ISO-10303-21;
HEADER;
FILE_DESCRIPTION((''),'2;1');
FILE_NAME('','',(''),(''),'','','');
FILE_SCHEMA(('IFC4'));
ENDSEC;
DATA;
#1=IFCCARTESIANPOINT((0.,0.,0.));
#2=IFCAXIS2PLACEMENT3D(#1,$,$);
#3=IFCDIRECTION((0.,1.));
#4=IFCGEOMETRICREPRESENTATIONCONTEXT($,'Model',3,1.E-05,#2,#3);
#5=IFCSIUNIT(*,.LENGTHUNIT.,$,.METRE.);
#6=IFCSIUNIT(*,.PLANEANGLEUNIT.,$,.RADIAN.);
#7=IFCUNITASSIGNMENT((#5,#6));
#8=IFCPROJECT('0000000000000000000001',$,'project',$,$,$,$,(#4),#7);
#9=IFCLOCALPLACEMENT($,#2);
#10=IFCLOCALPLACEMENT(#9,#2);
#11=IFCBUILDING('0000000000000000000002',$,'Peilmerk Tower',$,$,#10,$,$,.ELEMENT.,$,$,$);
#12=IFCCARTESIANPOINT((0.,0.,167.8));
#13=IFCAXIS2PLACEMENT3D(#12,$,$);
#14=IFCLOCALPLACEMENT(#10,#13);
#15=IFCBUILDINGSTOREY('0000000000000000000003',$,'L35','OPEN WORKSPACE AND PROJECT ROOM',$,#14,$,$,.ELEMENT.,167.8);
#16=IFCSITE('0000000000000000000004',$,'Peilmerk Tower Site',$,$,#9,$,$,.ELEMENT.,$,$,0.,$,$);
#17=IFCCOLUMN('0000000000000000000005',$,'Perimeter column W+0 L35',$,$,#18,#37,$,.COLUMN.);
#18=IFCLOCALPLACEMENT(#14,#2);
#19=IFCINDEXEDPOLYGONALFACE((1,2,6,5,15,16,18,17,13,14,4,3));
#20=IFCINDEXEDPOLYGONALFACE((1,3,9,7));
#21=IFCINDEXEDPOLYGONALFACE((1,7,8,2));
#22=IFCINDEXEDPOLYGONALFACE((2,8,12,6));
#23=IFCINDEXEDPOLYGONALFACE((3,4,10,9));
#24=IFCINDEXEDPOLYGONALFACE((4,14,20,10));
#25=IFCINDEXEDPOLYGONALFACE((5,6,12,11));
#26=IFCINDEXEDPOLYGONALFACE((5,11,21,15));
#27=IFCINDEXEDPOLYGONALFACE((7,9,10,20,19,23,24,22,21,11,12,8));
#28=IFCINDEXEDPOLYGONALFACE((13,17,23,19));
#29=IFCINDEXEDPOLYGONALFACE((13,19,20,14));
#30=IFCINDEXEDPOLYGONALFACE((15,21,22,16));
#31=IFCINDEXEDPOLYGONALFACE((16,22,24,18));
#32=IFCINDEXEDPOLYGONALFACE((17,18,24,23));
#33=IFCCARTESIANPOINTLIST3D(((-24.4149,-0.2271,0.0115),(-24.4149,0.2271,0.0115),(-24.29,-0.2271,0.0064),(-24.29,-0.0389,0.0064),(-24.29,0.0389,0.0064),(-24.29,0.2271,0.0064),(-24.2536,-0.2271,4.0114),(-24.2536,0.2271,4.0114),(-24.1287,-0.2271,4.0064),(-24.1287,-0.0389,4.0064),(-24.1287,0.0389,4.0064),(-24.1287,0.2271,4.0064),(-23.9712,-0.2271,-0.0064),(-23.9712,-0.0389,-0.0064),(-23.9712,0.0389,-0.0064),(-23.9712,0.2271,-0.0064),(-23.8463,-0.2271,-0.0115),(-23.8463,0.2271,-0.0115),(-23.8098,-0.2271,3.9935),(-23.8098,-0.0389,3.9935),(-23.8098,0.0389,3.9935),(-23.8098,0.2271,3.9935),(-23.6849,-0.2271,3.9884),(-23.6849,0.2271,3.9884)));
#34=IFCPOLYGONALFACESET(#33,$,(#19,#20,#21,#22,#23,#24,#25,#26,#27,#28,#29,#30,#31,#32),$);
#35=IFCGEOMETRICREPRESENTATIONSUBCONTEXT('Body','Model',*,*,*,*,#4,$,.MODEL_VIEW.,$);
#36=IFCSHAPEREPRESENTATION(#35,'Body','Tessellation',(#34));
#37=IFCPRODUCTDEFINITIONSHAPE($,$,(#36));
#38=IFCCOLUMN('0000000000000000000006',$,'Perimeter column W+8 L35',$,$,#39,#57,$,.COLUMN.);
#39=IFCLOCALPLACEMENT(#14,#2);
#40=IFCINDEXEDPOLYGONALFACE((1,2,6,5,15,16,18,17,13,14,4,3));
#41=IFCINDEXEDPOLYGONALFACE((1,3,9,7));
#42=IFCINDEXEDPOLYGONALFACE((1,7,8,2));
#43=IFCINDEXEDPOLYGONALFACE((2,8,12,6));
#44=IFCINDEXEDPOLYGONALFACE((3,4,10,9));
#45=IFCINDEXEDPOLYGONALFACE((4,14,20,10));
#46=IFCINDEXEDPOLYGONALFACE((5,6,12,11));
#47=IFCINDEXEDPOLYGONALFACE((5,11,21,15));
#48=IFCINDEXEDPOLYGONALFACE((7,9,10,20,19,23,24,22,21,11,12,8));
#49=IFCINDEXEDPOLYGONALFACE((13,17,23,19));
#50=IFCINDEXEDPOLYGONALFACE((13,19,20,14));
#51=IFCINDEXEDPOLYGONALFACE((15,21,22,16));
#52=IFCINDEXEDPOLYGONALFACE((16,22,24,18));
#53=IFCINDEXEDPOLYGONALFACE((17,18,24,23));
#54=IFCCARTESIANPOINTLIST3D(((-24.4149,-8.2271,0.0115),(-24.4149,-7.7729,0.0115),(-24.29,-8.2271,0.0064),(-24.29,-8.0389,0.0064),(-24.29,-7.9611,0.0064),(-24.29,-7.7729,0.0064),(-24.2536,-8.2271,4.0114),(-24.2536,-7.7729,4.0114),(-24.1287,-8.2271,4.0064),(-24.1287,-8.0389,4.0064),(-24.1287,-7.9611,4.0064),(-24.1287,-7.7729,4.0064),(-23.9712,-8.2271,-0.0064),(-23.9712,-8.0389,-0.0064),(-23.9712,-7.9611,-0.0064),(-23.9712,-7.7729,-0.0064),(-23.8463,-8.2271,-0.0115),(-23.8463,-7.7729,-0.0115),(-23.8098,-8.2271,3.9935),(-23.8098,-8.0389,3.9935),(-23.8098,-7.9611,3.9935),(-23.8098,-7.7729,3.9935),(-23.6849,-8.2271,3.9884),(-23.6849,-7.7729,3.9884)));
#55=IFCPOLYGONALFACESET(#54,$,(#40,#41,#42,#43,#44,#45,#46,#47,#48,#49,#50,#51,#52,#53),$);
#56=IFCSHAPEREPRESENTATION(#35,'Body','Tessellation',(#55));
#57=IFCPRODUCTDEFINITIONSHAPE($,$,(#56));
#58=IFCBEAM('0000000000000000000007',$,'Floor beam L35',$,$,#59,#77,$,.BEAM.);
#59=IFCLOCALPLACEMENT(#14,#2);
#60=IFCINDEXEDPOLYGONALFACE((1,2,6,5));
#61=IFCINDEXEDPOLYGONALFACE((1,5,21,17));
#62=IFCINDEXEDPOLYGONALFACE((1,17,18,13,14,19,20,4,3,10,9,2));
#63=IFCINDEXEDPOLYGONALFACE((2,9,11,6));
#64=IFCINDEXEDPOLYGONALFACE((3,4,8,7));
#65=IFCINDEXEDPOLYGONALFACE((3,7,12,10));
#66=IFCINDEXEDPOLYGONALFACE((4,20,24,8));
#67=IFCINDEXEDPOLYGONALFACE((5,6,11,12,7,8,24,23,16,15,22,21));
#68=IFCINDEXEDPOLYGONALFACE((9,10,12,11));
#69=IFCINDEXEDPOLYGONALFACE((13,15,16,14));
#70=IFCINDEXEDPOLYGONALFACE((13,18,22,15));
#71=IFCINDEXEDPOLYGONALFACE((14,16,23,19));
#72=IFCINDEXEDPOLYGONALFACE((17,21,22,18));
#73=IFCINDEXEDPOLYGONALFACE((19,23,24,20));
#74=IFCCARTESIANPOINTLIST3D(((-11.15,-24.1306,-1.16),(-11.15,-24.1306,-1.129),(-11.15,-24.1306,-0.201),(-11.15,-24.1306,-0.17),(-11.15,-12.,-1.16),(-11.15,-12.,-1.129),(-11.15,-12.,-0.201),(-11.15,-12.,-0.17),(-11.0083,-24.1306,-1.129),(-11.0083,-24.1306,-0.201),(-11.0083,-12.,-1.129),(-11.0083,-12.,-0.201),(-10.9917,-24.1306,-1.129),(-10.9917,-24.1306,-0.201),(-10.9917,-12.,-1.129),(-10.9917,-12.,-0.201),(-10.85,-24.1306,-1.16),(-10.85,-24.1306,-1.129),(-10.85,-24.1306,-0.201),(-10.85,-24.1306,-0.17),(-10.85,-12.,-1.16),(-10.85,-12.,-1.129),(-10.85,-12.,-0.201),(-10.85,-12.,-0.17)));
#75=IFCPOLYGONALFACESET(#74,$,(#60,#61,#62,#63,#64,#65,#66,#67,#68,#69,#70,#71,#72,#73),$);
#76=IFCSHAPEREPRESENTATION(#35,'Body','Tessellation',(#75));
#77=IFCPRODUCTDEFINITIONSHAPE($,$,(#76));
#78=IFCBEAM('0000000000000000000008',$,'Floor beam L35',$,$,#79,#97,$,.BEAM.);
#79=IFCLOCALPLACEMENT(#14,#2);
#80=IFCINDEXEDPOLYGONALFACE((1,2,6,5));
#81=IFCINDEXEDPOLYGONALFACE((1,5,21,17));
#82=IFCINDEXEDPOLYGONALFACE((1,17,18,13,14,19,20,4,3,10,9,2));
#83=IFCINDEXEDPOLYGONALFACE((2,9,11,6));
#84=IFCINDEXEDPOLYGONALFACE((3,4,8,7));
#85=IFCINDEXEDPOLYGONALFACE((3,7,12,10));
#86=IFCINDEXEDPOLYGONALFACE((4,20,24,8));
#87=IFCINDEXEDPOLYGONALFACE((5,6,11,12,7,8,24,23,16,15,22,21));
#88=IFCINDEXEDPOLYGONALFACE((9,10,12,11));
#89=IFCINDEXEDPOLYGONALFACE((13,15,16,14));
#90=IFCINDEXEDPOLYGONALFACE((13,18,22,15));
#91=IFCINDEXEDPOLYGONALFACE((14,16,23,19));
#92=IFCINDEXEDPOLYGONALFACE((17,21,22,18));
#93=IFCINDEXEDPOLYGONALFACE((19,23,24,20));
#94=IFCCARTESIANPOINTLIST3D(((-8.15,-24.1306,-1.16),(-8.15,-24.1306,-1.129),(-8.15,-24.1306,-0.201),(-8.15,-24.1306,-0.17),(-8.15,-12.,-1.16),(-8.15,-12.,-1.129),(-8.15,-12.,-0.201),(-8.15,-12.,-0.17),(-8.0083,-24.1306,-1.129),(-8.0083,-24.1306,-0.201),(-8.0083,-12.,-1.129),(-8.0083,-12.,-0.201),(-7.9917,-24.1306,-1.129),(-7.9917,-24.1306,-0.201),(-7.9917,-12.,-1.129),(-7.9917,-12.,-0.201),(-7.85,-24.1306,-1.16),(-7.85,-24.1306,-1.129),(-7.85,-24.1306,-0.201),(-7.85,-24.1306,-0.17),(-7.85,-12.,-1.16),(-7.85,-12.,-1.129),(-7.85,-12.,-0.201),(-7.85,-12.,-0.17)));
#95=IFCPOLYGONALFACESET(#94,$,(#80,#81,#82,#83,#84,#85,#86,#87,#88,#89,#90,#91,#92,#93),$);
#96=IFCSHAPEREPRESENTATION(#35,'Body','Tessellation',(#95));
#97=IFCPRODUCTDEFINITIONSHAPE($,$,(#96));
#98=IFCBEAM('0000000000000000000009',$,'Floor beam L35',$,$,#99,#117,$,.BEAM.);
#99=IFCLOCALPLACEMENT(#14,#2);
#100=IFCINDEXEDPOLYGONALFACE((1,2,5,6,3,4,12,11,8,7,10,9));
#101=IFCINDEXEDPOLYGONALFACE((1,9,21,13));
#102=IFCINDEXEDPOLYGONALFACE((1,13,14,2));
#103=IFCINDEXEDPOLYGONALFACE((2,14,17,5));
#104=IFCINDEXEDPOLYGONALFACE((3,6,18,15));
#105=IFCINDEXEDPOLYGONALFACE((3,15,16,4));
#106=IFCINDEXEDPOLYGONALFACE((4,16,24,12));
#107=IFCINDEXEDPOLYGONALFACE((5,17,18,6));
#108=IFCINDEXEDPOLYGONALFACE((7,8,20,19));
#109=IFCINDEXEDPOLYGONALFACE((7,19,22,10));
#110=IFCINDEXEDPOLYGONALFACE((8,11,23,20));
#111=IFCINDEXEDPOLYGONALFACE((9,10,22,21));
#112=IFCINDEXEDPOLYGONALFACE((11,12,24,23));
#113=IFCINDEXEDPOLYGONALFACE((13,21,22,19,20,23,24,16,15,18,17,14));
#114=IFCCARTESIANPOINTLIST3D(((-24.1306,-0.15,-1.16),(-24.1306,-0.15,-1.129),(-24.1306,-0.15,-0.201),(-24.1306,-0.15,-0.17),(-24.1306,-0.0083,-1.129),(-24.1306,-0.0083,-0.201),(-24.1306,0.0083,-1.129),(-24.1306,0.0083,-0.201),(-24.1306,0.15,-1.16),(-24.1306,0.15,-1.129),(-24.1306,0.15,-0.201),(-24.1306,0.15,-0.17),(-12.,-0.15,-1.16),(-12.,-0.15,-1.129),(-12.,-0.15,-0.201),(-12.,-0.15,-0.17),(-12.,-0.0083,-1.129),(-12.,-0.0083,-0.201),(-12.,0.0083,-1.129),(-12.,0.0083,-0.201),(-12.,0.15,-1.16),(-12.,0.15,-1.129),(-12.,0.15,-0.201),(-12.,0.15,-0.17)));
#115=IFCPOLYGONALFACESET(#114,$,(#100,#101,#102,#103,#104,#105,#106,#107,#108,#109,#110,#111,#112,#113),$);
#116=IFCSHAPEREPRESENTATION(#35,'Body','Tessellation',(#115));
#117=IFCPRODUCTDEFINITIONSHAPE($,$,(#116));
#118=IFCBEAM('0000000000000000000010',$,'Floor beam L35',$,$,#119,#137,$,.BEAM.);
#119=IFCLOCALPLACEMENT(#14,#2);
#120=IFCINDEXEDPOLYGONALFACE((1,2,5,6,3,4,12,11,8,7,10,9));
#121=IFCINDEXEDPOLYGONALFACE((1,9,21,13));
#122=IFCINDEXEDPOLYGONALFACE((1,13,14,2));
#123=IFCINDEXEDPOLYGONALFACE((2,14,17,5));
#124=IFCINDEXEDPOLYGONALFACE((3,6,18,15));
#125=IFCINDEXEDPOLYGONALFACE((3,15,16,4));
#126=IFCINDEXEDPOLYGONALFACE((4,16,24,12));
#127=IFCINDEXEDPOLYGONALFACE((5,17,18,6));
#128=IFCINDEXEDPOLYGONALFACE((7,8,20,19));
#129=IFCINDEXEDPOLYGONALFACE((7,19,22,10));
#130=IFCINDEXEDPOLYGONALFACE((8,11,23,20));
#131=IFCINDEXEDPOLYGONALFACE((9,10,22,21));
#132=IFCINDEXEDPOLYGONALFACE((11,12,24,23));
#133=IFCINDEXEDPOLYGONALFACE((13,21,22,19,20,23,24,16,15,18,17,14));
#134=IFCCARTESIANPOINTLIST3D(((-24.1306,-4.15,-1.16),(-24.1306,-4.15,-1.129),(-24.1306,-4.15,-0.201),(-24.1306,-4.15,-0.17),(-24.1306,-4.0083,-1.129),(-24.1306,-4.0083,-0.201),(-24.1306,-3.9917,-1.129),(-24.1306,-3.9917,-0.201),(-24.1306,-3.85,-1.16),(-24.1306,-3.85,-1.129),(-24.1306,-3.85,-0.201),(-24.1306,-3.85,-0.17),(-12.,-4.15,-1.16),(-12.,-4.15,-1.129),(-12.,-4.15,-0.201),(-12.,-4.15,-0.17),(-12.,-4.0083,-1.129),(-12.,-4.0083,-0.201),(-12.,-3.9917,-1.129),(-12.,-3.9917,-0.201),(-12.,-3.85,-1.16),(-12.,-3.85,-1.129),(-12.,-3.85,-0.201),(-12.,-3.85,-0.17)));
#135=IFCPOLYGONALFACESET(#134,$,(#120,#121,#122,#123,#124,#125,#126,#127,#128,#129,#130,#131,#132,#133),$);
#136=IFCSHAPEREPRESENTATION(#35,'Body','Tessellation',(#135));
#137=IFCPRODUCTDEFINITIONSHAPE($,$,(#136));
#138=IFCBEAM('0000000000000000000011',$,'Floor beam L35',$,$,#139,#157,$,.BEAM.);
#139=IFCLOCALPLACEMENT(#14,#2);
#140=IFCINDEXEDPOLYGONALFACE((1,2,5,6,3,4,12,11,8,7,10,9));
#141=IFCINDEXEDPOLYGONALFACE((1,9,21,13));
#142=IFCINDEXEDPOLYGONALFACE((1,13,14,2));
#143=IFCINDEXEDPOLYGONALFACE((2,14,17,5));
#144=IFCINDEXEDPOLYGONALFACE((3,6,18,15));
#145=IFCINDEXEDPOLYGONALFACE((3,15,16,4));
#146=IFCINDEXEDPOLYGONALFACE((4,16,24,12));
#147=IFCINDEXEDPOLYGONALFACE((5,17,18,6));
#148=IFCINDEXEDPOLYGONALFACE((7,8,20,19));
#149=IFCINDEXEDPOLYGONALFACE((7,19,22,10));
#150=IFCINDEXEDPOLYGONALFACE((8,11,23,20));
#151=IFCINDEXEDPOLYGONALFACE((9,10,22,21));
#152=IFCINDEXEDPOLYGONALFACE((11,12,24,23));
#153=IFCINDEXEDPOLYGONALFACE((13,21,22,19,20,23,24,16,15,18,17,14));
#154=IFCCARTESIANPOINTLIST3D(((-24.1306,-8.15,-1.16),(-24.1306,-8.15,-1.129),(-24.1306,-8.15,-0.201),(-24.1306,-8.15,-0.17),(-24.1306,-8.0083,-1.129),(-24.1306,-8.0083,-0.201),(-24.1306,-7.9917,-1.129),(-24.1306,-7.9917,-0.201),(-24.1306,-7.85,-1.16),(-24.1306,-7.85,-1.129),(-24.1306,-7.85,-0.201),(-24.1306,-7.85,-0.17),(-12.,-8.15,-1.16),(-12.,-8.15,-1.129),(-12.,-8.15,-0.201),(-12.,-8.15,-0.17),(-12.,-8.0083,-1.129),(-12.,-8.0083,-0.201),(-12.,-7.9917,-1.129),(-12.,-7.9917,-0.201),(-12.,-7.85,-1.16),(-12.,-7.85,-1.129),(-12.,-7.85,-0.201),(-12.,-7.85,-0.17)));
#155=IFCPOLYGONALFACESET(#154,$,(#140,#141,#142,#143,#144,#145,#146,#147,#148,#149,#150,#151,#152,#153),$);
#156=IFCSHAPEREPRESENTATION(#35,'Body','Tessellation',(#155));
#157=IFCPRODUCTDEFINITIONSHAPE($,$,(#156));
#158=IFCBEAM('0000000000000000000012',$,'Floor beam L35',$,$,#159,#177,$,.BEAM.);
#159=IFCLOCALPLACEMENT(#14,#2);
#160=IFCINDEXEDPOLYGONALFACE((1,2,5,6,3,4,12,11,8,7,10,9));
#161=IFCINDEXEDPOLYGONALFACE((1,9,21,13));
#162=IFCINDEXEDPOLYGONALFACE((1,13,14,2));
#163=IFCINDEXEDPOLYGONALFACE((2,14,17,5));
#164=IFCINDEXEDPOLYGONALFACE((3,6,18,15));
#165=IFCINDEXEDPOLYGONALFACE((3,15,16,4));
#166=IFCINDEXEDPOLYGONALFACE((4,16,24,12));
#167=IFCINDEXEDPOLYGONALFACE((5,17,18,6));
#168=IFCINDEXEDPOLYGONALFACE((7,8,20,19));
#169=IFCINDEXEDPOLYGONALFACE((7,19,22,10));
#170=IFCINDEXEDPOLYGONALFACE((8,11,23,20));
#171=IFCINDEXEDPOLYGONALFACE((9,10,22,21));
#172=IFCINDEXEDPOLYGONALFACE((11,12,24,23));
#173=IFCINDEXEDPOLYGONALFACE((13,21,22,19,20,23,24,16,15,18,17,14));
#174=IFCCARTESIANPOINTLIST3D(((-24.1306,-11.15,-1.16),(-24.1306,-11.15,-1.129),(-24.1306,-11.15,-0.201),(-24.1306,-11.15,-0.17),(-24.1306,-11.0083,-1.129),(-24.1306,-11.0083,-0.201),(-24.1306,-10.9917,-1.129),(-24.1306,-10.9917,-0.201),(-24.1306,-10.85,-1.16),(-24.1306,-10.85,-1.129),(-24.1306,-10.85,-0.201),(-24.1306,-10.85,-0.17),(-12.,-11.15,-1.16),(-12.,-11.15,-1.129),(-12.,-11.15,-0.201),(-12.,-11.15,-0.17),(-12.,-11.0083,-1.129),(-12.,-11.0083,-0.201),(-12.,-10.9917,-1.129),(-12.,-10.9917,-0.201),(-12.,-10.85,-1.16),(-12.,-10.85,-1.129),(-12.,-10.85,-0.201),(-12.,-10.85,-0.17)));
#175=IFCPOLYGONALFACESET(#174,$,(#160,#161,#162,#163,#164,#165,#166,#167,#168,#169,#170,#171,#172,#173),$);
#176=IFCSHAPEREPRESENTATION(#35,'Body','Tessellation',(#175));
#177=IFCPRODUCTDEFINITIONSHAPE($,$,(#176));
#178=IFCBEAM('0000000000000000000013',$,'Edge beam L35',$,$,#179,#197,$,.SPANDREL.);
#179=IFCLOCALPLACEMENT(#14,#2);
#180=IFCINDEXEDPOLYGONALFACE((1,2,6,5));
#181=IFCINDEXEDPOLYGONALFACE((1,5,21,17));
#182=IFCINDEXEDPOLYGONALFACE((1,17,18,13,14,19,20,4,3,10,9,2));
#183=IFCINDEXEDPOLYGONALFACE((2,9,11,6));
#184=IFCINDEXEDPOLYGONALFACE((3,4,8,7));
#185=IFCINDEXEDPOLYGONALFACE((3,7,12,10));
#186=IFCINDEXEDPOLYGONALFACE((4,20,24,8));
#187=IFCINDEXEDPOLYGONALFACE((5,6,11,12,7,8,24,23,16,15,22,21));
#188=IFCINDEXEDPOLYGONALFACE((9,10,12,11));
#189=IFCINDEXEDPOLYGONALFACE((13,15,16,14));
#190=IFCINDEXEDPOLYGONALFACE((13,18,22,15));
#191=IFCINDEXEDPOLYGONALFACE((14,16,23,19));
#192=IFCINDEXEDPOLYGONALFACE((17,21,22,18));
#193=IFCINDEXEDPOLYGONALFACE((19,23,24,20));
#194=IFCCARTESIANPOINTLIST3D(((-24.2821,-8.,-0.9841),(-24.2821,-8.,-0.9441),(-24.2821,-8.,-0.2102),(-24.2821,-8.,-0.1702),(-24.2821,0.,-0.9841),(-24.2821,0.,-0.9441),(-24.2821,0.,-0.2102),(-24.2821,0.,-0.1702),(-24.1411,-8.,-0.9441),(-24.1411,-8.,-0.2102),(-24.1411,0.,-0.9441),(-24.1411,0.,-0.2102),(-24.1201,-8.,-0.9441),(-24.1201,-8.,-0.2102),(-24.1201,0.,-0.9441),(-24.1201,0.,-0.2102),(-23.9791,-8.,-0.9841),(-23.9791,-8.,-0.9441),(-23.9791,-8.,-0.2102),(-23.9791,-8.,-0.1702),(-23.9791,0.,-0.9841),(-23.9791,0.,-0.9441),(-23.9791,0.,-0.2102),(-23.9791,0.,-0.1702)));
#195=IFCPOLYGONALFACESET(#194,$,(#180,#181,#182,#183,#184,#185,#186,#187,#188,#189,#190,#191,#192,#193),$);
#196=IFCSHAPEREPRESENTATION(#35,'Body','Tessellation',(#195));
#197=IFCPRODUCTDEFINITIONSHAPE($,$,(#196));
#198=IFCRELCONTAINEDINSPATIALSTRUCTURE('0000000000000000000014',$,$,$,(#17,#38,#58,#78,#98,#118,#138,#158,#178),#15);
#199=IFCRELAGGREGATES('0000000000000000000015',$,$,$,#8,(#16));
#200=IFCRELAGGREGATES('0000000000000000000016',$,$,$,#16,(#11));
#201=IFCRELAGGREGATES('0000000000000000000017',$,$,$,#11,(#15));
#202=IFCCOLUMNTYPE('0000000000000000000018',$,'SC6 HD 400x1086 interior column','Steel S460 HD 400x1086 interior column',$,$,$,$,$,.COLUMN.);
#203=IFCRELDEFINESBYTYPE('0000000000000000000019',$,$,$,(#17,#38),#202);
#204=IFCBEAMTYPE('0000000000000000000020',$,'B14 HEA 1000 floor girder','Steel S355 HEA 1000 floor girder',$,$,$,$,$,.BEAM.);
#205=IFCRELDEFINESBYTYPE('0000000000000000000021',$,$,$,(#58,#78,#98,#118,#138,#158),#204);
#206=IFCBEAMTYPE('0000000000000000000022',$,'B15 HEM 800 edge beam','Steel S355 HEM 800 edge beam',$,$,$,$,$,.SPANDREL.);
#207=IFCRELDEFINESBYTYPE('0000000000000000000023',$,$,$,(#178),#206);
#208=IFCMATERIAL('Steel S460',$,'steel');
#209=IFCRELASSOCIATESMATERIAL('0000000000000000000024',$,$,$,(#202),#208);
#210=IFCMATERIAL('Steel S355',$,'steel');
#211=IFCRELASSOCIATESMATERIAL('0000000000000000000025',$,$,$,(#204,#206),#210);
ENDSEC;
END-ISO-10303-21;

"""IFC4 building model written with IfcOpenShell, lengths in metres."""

from ifc_helpers import new_model, si_unit, direction, frame, origin, origin_2d, place, context, subcontext, project, spatial, i_section, extrude, material, material_profile, profile_set, type_object, element, save


model = new_model("IFC4")

# Units and contexts
model_context = context("Model", 3, precision=1e-05, world=origin(), true_north=direction((0.0, 1.0)))
body_context = subcontext(model_context, "Body", "Model", "MODEL_VIEW")
ifc_project = project(units=[si_unit("LENGTHUNIT", "METRE"), si_unit("PLANEANGLEUNIT", "RADIAN")], contexts=[model_context])

# Site, building, storey
site_placement = place(None, origin())
site = spatial("IfcSite", under=ifc_project, at=site_placement, Name="Peilmerk Tower Site", CompositionType="ELEMENT", RefElevation=0.0)
building_placement = place(site_placement, origin())
building = spatial("IfcBuilding", under=site, at=building_placement, Name="Peilmerk Tower", CompositionType="ELEMENT")
storey_placement = place(building_placement, frame((0.0, 0.0, 167.8)))
storey = spatial("IfcBuildingStorey", under=building, at=storey_placement, Name="L35", Description="OPEN WORKSPACE AND PROJECT ROOM", CompositionType="ELEMENT", Elevation=167.8)

# Columns
ifc_material_1 = material(Name="Steel S460", Category="steel")
ifc_material_profile_1 = material_profile(ifc_material_1, i_section(OverallWidth=0.4541, OverallDepth=0.5691, WebThickness=0.0779, FlangeThickness=0.125, at=origin_2d()), Name="HD 400x1086")
ifc_profile_set_1 = profile_set([ifc_material_profile_1], Name="Steel S460")
column_type = type_object("IfcColumnType", Name="SC6 HD 400x1086 interior column", Description="Steel S460 HD 400x1086 interior column", PredefinedType="COLUMN", material=ifc_profile_set_1)
for number, where, z_axis, x_axis, name in (
    (1, (-24.1306, 0.0, 0.0), (0.040311, 0.0, 0.999187), (0.0, 1.0, 0.0), "Perimeter column W+0 L35"),
    (2, (-24.1306, -8.0, 0.0), (0.040311, 0.0, 0.999187), (0.0, 1.0, 0.0), "Perimeter column W+8 L35"),
):
    element("IfcColumn", number, at=place(storey_placement, frame(where, z_axis=z_axis, x_axis=x_axis)), inside=storey, type_object=column_type, Name=name, PredefinedType="COLUMN", context=body_context, shape_type="SweptSolid", body=[
        extrude(i_section(OverallWidth=0.4541, OverallDepth=0.5691, WebThickness=0.0779, FlangeThickness=0.125, at=origin_2d()), origin(), (0.0, 0.0, 1.0), 4.0032),
    ])

# Beams
ifc_material_2 = material(Name="Steel S355", Category="steel")
ifc_material_profile_2 = material_profile(ifc_material_2, i_section(OverallWidth=0.3, OverallDepth=0.99, WebThickness=0.0166, FlangeThickness=0.031, at=origin_2d()), Name="HEA 1000")
ifc_profile_set_2 = profile_set([ifc_material_profile_2], Name="Steel S355")
beam_type_1 = type_object("IfcBeamType", Name="B14 HEA 1000 floor girder", Description="Steel S355 HEA 1000 floor girder", PredefinedType="BEAM", material=ifc_profile_set_2)
for number, where, z_axis, x_axis, name in (
    (3, (-11.0, -12.0, -0.665), (0.0, -1.0, 0.0), (1.0, 0.0, 0.0), "Floor beam L35"),
    (4, (-8.0, -12.0, -0.665), (0.0, -1.0, 0.0), (1.0, 0.0, 0.0), "Floor beam L35"),
    (5, (-12.0, 0.0, -0.665), (-1.0, 0.0, 0.0), (0.0, -1.0, 0.0), "Floor beam L35"),
    (6, (-12.0, -4.0, -0.665), (-1.0, 0.0, 0.0), (0.0, -1.0, 0.0), "Floor beam L35"),
    (7, (-12.0, -8.0, -0.665), (-1.0, 0.0, 0.0), (0.0, -1.0, 0.0), "Floor beam L35"),
    (8, (-12.0, -11.0, -0.665), (-1.0, 0.0, 0.0), (0.0, -1.0, 0.0), "Floor beam L35"),
):
    element("IfcBeam", number, at=place(storey_placement, frame(where, z_axis=z_axis, x_axis=x_axis)), inside=storey, type_object=beam_type_1, Name=name, PredefinedType="BEAM", context=body_context, shape_type="SweptSolid", body=[
        extrude(i_section(OverallWidth=0.3, OverallDepth=0.99, WebThickness=0.0166, FlangeThickness=0.031, at=origin_2d()), origin(), (0.0, 0.0, 1.0), 12.1306),
    ])
ifc_material_profile_3 = material_profile(ifc_material_2, i_section(OverallWidth=0.303, OverallDepth=0.814, WebThickness=0.021, FlangeThickness=0.04, at=origin_2d()), Name="HEM 800")
ifc_profile_set_3 = profile_set([ifc_material_profile_3], Name="Steel S355")
beam_type_2 = type_object("IfcBeamType", Name="B15 HEM 800 edge beam", Description="Steel S355 HEM 800 edge beam", PredefinedType="SPANDREL", material=ifc_profile_set_3)
for number, where, z_axis, x_axis, name in (
    (9, (-24.1306, 0.0, -0.5771), (0.0, -1.0, 0.0), (1.0, 0.0, 0.0), "Edge beam L35"),
):
    element("IfcBeam", number, at=place(storey_placement, frame(where, z_axis=z_axis, x_axis=x_axis)), inside=storey, type_object=beam_type_2, Name=name, PredefinedType="SPANDREL", context=body_context, shape_type="SweptSolid", body=[
        extrude(i_section(OverallWidth=0.303, OverallDepth=0.814, WebThickness=0.021, FlangeThickness=0.04, at=origin_2d()), origin(), (0.0, 0.0, 1.0), 8.0),
    ])

save(model, "model.ifc")
